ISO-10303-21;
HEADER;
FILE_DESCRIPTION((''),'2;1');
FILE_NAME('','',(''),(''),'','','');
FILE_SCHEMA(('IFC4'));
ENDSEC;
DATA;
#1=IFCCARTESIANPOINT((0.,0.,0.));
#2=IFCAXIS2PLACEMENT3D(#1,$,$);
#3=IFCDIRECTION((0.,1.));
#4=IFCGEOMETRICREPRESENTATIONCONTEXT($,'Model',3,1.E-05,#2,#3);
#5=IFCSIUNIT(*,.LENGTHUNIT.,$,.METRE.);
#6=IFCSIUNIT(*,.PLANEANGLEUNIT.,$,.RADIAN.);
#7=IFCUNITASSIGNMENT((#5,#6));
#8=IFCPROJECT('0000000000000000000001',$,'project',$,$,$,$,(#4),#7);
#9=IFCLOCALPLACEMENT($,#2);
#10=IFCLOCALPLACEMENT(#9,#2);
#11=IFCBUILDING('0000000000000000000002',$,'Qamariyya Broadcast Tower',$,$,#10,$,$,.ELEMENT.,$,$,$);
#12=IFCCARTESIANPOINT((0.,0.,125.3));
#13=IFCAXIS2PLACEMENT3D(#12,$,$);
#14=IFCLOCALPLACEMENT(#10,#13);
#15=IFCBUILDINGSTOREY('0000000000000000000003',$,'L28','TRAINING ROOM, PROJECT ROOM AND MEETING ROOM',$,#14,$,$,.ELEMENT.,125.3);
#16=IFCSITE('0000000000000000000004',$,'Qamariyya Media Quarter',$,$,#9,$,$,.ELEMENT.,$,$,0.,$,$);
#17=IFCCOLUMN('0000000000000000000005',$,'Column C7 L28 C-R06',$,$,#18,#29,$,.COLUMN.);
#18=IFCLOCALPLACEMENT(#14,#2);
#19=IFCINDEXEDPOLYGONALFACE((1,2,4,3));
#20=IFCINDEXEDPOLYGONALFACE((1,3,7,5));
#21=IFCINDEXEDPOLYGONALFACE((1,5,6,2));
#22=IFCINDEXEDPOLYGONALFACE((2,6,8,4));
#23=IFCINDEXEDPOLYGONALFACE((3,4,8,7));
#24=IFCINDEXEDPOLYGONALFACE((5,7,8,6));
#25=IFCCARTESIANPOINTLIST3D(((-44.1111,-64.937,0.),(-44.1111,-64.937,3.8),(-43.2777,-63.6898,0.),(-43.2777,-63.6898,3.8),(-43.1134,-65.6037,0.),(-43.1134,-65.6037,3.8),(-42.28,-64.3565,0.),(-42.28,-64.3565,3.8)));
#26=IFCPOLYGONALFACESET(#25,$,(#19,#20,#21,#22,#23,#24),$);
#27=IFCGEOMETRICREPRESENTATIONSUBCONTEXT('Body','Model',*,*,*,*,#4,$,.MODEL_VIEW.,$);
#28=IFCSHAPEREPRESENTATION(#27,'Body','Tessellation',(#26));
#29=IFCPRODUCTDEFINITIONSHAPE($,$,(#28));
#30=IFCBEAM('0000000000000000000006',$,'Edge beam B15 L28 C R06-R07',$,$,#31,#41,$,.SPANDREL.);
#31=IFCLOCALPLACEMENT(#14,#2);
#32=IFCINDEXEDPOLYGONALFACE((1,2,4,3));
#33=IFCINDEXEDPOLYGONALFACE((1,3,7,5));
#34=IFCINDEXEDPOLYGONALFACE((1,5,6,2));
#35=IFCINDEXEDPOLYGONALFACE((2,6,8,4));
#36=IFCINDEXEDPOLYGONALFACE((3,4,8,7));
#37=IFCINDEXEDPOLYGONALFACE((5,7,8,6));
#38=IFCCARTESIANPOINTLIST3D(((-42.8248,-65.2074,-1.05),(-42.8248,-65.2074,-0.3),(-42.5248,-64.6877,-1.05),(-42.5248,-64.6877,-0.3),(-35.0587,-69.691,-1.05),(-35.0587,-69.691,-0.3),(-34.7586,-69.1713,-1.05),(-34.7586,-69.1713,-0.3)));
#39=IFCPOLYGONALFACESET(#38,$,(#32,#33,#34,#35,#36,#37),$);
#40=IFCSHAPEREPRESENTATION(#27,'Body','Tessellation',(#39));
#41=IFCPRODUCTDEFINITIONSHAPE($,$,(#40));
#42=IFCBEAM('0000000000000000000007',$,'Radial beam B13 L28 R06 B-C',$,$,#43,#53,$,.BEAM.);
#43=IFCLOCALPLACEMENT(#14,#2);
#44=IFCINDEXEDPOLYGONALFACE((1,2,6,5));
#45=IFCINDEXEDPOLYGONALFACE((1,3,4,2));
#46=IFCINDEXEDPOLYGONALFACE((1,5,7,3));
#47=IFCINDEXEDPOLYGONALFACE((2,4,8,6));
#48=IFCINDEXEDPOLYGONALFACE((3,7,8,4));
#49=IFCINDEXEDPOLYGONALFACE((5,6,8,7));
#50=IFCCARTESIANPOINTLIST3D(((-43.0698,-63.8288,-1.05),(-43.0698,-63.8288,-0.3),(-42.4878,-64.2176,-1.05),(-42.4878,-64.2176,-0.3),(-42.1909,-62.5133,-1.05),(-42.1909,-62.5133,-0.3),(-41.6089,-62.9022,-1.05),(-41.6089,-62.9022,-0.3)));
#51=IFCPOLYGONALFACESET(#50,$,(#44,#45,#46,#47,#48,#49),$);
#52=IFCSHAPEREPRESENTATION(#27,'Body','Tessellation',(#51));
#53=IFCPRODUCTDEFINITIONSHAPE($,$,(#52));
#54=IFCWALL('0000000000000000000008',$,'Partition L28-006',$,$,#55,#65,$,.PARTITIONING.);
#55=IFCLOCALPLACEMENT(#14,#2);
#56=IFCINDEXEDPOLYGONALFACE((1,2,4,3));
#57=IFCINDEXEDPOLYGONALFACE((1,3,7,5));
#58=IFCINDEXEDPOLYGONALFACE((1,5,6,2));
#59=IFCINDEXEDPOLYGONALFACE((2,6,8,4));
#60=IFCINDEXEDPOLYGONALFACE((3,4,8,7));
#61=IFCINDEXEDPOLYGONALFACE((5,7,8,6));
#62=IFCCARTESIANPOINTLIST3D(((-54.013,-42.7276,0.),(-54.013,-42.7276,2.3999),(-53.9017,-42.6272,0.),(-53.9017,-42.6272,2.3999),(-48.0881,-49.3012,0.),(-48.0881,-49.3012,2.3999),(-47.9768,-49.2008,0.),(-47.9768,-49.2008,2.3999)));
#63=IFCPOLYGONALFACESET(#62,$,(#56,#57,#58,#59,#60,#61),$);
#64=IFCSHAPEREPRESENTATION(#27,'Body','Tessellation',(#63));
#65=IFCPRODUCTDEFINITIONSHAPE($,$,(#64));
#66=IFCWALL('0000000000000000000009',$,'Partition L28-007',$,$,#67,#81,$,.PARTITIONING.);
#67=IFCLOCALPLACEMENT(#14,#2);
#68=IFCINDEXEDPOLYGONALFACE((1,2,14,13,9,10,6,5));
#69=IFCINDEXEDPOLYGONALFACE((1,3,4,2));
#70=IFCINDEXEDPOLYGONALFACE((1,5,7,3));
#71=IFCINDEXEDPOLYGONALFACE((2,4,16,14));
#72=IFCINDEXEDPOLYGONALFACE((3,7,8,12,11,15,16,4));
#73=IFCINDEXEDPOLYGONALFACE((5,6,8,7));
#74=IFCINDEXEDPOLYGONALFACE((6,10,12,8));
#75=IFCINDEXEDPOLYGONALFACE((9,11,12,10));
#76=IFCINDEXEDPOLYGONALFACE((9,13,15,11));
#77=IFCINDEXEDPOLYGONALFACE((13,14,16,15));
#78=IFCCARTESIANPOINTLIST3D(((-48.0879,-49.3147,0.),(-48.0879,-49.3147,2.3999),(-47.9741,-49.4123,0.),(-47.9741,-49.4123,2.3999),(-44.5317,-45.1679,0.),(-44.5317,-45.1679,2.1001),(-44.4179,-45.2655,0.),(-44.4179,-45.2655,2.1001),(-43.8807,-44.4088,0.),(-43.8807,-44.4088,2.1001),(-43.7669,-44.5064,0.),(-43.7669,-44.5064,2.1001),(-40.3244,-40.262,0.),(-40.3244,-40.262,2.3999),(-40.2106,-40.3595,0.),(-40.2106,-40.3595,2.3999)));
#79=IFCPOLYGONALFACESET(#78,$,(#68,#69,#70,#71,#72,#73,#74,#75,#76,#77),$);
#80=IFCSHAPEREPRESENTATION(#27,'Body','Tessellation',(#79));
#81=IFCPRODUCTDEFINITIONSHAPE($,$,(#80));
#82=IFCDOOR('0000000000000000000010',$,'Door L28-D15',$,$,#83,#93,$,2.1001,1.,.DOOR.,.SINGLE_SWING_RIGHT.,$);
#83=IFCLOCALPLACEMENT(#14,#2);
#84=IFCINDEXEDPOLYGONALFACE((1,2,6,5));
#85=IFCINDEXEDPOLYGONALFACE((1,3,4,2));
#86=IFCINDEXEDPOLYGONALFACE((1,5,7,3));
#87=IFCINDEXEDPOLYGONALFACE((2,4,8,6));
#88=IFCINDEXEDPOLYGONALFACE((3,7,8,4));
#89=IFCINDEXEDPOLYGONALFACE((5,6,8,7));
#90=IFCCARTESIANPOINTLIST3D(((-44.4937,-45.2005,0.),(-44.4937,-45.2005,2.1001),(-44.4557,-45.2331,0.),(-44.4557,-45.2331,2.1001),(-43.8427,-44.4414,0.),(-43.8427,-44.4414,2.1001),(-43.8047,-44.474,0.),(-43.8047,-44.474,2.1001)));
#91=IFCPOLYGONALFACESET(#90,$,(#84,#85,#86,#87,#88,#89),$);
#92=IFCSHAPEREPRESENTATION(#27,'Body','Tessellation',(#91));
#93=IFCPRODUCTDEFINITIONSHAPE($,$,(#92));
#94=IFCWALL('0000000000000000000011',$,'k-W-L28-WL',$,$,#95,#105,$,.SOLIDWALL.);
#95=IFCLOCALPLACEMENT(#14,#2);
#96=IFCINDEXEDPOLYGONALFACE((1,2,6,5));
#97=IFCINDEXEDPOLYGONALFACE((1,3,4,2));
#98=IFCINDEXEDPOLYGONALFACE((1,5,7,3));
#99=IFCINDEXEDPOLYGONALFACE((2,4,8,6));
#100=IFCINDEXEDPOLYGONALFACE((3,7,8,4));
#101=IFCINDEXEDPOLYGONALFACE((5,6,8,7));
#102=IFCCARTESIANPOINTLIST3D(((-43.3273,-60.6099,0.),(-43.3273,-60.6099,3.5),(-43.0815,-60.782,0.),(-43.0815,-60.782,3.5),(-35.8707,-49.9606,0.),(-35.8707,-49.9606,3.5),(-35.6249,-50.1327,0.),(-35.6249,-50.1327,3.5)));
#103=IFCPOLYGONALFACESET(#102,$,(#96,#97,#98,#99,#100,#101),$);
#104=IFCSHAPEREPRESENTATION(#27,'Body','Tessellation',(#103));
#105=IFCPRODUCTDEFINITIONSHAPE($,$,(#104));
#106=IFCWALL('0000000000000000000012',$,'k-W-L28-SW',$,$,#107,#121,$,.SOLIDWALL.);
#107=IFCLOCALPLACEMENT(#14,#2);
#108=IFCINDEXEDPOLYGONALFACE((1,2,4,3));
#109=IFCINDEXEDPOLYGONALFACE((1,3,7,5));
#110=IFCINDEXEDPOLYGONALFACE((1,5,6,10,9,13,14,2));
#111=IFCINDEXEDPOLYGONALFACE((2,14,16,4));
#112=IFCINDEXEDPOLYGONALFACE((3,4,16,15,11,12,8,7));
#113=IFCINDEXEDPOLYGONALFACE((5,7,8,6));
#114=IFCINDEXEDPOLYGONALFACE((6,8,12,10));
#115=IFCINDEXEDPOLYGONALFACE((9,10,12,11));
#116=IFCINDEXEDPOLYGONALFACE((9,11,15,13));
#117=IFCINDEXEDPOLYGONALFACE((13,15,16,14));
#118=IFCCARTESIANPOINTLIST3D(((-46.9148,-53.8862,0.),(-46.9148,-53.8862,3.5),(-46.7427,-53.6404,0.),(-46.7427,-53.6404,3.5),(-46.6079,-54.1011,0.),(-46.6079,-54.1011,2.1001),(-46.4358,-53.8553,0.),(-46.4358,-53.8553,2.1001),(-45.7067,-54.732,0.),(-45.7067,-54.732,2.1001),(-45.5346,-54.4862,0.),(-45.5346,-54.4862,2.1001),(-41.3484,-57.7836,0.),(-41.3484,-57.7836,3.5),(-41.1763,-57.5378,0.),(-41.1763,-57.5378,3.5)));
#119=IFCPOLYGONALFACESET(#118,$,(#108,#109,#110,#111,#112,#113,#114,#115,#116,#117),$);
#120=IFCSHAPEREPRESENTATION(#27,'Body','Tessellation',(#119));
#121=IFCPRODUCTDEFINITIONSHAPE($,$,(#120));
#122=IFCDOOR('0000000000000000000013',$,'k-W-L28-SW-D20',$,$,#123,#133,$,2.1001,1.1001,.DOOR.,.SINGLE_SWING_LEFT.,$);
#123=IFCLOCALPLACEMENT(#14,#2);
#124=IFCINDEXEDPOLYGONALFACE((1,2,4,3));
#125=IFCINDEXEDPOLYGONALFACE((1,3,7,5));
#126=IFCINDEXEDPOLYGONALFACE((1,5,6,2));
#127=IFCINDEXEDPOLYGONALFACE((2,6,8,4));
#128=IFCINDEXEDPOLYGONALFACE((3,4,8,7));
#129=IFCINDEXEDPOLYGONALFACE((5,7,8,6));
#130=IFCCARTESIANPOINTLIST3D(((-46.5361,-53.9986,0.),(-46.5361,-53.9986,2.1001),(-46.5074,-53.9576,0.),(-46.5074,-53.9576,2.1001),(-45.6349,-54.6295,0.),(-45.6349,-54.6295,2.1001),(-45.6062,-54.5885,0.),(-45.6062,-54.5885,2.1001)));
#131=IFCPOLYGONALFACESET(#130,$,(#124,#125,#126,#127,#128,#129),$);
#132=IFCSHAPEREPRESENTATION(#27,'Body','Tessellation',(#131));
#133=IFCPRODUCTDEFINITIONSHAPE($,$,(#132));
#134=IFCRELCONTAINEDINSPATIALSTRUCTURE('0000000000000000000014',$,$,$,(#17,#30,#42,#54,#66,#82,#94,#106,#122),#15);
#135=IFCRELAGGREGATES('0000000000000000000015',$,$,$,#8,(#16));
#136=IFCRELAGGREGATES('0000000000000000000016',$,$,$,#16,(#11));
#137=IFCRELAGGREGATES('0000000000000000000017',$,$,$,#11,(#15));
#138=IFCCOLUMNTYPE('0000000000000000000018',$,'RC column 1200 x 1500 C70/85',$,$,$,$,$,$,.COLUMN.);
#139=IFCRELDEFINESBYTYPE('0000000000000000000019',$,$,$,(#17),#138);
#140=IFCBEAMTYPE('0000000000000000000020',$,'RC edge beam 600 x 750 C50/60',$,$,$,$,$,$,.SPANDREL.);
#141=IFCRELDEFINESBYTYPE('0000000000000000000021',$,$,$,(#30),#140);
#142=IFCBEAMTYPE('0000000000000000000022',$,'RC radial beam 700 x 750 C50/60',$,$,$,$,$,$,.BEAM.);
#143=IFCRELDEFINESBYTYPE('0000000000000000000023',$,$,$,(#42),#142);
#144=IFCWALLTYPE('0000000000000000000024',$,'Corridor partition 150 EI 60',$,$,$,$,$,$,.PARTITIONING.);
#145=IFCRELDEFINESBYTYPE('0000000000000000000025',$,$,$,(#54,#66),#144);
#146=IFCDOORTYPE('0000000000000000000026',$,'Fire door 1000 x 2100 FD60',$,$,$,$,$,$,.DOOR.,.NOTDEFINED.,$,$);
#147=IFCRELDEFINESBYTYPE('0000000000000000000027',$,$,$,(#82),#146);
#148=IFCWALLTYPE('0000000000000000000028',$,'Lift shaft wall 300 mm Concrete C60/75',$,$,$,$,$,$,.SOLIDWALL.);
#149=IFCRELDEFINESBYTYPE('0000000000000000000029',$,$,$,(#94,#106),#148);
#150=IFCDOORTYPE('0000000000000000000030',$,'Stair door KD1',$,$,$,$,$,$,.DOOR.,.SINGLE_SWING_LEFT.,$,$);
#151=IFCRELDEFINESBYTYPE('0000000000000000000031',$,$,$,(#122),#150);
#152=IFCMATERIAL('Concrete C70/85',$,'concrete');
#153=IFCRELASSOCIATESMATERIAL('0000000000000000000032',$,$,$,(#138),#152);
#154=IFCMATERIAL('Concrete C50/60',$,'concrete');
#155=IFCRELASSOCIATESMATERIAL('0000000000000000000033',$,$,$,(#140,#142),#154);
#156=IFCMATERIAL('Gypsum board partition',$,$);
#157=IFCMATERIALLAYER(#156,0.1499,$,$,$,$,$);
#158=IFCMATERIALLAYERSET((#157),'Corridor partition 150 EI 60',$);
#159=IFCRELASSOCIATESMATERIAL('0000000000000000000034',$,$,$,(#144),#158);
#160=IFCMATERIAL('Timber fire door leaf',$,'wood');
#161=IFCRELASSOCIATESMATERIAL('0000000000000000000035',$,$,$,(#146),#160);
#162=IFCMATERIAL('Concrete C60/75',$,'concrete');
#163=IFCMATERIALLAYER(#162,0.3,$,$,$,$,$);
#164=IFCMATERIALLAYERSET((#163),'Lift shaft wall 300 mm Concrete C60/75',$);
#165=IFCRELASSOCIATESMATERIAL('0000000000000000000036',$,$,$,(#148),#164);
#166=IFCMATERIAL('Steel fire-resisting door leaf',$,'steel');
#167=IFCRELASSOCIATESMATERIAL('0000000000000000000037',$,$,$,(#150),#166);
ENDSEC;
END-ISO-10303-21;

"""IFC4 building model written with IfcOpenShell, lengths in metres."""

from ifc_helpers import new_model, si_unit, direction, frame, frame_2d, origin, origin_2d, place, context, subcontext, project, spatial, rectangle, extrude, material, layer, layer_set, material_profile, profile_set, type_object, element, fill, save


model = new_model("IFC4")

# Units and contexts
model_context = context("Model", 3, precision=1e-05, world=origin(), true_north=direction((0.0, 1.0)))
body_context = subcontext(model_context, "Body", "Model", "MODEL_VIEW")
ifc_project = project(units=[si_unit("LENGTHUNIT", "METRE"), si_unit("PLANEANGLEUNIT", "RADIAN")], contexts=[model_context])

# Site, building, storey
site_placement = place(None, origin())
site = spatial("IfcSite", under=ifc_project, at=site_placement, Name="Qamariyya Media Quarter", CompositionType="ELEMENT", RefElevation=0.0)
building_placement = place(site_placement, origin())
building = spatial("IfcBuilding", under=site, at=building_placement, Name="Qamariyya Broadcast Tower", CompositionType="ELEMENT")
storey_placement = place(building_placement, frame((0.0, 0.0, 125.3)))
storey = spatial("IfcBuildingStorey", under=building, at=storey_placement, Name="L28", Description="TRAINING ROOM, PROJECT ROOM AND MEETING ROOM", CompositionType="ELEMENT", Elevation=125.3)

# Column
ifc_material_1 = material(Name="Concrete C70/85", Category="concrete")
ifc_material_profile_1 = material_profile(ifc_material_1, rectangle(XDim=1.2, YDim=1.5, at=origin_2d()))
ifc_profile_set_1 = profile_set([ifc_material_profile_1], Name="Concrete C70/85")
column_type = type_object("IfcColumnType", Name="RC column 1200 x 1500 C70/85", PredefinedType="COLUMN", material=ifc_profile_set_1)
column_placement = place(storey_placement, frame((-43.1956, -64.6467, 0.0), z_axis=(0.0, 0.0, 1.0), x_axis=(0.83147, -0.55557, 0.0)))
element("IfcColumn", 1, at=column_placement, inside=storey, type_object=column_type, Name="Column C7 L28 C-R06", PredefinedType="COLUMN", context=body_context, shape_type="SweptSolid", body=[
    extrude(rectangle(XDim=1.2, YDim=1.5, at=origin_2d()), origin(), (0.0, 0.0, 1.0), 3.8),
])

# Beams
ifc_material_2 = material(Name="Concrete C50/60", Category="concrete")
ifc_material_profile_2 = material_profile(ifc_material_2, rectangle(XDim=0.6001, YDim=0.75, at=origin_2d()))
ifc_profile_set_2 = profile_set([ifc_material_profile_2], Name="Concrete C50/60")
beam_type_1 = type_object("IfcBeamType", Name="RC edge beam 600 x 750 C50/60", PredefinedType="SPANDREL", material=ifc_profile_set_2)
beam_1_placement = place(storey_placement, frame((-42.6748, -64.9475, -0.675), z_axis=(0.866031, -0.49999, 0.0), x_axis=(0.49999, 0.866031, 0.0)))
element("IfcBeam", 2, at=beam_1_placement, inside=storey, type_object=beam_type_1, Name="Edge beam B15 L28 C R06-R07", PredefinedType="SPANDREL", context=body_context, shape_type="SweptSolid", body=[
    extrude(rectangle(XDim=0.6001, YDim=0.75, at=origin_2d()), origin(), (0.0, 0.0, 1.0), 8.9675),
])
ifc_material_profile_3 = material_profile(ifc_material_2, rectangle(XDim=0.7, YDim=0.75, at=origin_2d()))
ifc_profile_set_3 = profile_set([ifc_material_profile_3], Name="Concrete C50/60")
beam_type_2 = type_object("IfcBeamType", Name="RC radial beam 700 x 750 C50/60", PredefinedType="BEAM", material=ifc_profile_set_3)
beam_2_placement = place(storey_placement, frame((-41.8999, -62.7078, -0.675), z_axis=(-0.555555, -0.83148, 0.0), x_axis=(0.83148, -0.555555, 0.0)))
element("IfcBeam", 3, at=beam_2_placement, inside=storey, type_object=beam_type_2, Name="Radial beam B13 L28 R06 B-C", PredefinedType="BEAM", context=body_context, shape_type="SweptSolid", body=[
    extrude(rectangle(XDim=0.7, YDim=0.75, at=origin_2d()), origin(), (0.0, 0.0, 1.0), 1.582),
])

# Wall
ifc_material_3 = material(Name="Gypsum board partition")
ifc_layer_1 = layer(ifc_material_3, 0.1499)
ifc_layer_set_1 = layer_set([ifc_layer_1], Name="Corridor partition 150 EI 60")
wall_type_1 = type_object("IfcWallType", Name="Corridor partition 150 EI 60", PredefinedType="PARTITIONING", material=ifc_layer_set_1)
wall_1_placement = place(storey_placement, frame((-48.0325, -49.251, 0.0), z_axis=(0.0, 0.0, 1.0), x_axis=(-0.669506, 0.742807, 0.0)))
element("IfcWall", 4, at=wall_1_placement, inside=storey, type_object=wall_type_1, Name="Partition L28-006", PredefinedType="PARTITIONING", context=body_context, shape_type="SweptSolid", body=[
    extrude(rectangle(XDim=8.8496, YDim=0.1499, at=frame_2d((4.4248, 0.0))), origin(), (0.0, 0.0, 1.0), 2.3999),
])

# Wall, opening, door
wall_2_placement = place(storey_placement, frame((-48.031, -49.3635, 0.0), z_axis=(0.0, 0.0, 1.0), x_axis=(0.650982, 0.759093, 0.0)))
wall_2 = element("IfcWall", 5, at=wall_2_placement, inside=storey, type_object=wall_type_1, Name="Partition L28-007", PredefinedType="PARTITIONING", context=body_context, shape_type="SweptSolid", body=[
    extrude(rectangle(XDim=11.9258, YDim=0.1499, at=frame_2d((5.9629, 0.0))), origin(), (0.0, 0.0, 1.0), 2.3999),
])
opening_1_placement = place(wall_2_placement, frame((5.4629, 0.0, 0.0)))
opening_1 = element("IfcOpeningElement", 6, at=opening_1_placement, cuts=wall_2, PredefinedType="OPENING", context=body_context, shape_type="SweptSolid", body=[
    extrude(rectangle(XDim=1.0, YDim=2.1001, at=frame_2d((0.5, 1.05))), frame((0.0, 0.085, 0.0), z_axis=(0.0, -1.0, 0.0), x_axis=(1.0, 0.0, 0.0)), (0.0, 0.0, 1.0), 0.1699),
])
ifc_material_4 = material(Name="Timber fire door leaf", Category="wood")
door_type_1 = type_object("IfcDoorType", Name="Fire door 1000 x 2100 FD60", OperationType="NOTDEFINED", PredefinedType="DOOR", material=ifc_material_4)
door_1_placement = place(opening_1_placement, origin())
door_1 = element("IfcDoor", 7, at=door_1_placement, inside=storey, type_object=door_type_1, Name="Door L28-D15", OperationType="SINGLE_SWING_RIGHT", OverallHeight=2.1001, OverallWidth=1.0, PredefinedType="DOOR", context=body_context, shape_type="SweptSolid", body=[
    extrude(rectangle(XDim=1.0, YDim=2.1001, at=frame_2d((0.5, 1.05))), frame((0.0, 0.0249, 0.0), z_axis=(0.0, -1.0, 0.0), x_axis=(1.0, 0.0, 0.0)), (0.0, 0.0, 1.0), 0.05),
])
fill(opening_1, door_1)

# Wall
ifc_material_5 = material(Name="Concrete C60/75", Category="concrete")
ifc_layer_2 = layer(ifc_material_5, 0.3)
ifc_layer_set_2 = layer_set([ifc_layer_2], Name="Lift shaft wall 300 mm Concrete C60/75")
wall_type_2 = type_object("IfcWallType", Name="Lift shaft wall 300 mm Concrete C60/75", PredefinedType="SOLIDWALL", material=ifc_layer_set_2)
wall_3_placement = place(storey_placement, frame((-43.2043, -60.6958, 0.0), z_axis=(0.0, 0.0, 1.0), x_axis=(0.573572, 0.819155, 0.0)))
element("IfcWall", 8, at=wall_3_placement, inside=storey, type_object=wall_type_2, Name="k-W-L28-WL", PredefinedType="SOLIDWALL", context=body_context, shape_type="SweptSolid", body=[
    extrude(rectangle(XDim=13.0002, YDim=0.3, at=frame_2d((6.5, 0.0))), origin(), (0.0, 0.0, 1.0), 3.5),
])

# Wall, opening, door
wall_4_placement = place(storey_placement, frame((-41.2625, -57.6606, 0.0), z_axis=(0.0, 0.0, 1.0), x_axis=(-0.819164, 0.573559, 0.0)))
wall_4 = element("IfcWall", 9, at=wall_4_placement, inside=storey, type_object=wall_type_2, Name="k-W-L28-SW", PredefinedType="SOLIDWALL", context=body_context, shape_type="SweptSolid", body=[
    extrude(rectangle(XDim=6.7952, YDim=0.3, at=frame_2d((3.3975, 0.0))), origin(), (0.0, 0.0, 1.0), 3.5),
])
opening_2_placement = place(wall_4_placement, frame((5.3203, 0.0, 0.0)))
opening_2 = element("IfcOpeningElement", 10, at=opening_2_placement, cuts=wall_4, PredefinedType="OPENING", context=body_context, shape_type="SweptSolid", body=[
    extrude(rectangle(XDim=1.1001, YDim=2.1001, at=frame_2d((0.55, 1.05))), frame((0.0, 0.1599, 0.0), z_axis=(0.0, -1.0, 0.0), x_axis=(1.0, 0.0, 0.0)), (0.0, 0.0, 1.0), 0.3201),
])
ifc_material_6 = material(Name="Steel fire-resisting door leaf", Category="steel")
door_type_2 = type_object("IfcDoorType", Name="Stair door KD1", OperationType="SINGLE_SWING_LEFT", PredefinedType="DOOR", material=ifc_material_6)
door_2_placement = place(opening_2_placement, origin())
door_2 = element("IfcDoor", 11, at=door_2_placement, inside=storey, type_object=door_type_2, Name="k-W-L28-SW-D20", OperationType="SINGLE_SWING_LEFT", OverallHeight=2.1001, OverallWidth=1.1001, PredefinedType="DOOR", context=body_context, shape_type="SweptSolid", body=[
    extrude(rectangle(XDim=1.1001, YDim=2.1001, at=frame_2d((0.55, 1.05))), frame((0.0, 0.0249, 0.0), z_axis=(0.0, -1.0, 0.0), x_axis=(1.0, 0.0, 0.0)), (0.0, 0.0, 1.0), 0.05),
])
fill(opening_2, door_2)

save(model, "model.ifc")
